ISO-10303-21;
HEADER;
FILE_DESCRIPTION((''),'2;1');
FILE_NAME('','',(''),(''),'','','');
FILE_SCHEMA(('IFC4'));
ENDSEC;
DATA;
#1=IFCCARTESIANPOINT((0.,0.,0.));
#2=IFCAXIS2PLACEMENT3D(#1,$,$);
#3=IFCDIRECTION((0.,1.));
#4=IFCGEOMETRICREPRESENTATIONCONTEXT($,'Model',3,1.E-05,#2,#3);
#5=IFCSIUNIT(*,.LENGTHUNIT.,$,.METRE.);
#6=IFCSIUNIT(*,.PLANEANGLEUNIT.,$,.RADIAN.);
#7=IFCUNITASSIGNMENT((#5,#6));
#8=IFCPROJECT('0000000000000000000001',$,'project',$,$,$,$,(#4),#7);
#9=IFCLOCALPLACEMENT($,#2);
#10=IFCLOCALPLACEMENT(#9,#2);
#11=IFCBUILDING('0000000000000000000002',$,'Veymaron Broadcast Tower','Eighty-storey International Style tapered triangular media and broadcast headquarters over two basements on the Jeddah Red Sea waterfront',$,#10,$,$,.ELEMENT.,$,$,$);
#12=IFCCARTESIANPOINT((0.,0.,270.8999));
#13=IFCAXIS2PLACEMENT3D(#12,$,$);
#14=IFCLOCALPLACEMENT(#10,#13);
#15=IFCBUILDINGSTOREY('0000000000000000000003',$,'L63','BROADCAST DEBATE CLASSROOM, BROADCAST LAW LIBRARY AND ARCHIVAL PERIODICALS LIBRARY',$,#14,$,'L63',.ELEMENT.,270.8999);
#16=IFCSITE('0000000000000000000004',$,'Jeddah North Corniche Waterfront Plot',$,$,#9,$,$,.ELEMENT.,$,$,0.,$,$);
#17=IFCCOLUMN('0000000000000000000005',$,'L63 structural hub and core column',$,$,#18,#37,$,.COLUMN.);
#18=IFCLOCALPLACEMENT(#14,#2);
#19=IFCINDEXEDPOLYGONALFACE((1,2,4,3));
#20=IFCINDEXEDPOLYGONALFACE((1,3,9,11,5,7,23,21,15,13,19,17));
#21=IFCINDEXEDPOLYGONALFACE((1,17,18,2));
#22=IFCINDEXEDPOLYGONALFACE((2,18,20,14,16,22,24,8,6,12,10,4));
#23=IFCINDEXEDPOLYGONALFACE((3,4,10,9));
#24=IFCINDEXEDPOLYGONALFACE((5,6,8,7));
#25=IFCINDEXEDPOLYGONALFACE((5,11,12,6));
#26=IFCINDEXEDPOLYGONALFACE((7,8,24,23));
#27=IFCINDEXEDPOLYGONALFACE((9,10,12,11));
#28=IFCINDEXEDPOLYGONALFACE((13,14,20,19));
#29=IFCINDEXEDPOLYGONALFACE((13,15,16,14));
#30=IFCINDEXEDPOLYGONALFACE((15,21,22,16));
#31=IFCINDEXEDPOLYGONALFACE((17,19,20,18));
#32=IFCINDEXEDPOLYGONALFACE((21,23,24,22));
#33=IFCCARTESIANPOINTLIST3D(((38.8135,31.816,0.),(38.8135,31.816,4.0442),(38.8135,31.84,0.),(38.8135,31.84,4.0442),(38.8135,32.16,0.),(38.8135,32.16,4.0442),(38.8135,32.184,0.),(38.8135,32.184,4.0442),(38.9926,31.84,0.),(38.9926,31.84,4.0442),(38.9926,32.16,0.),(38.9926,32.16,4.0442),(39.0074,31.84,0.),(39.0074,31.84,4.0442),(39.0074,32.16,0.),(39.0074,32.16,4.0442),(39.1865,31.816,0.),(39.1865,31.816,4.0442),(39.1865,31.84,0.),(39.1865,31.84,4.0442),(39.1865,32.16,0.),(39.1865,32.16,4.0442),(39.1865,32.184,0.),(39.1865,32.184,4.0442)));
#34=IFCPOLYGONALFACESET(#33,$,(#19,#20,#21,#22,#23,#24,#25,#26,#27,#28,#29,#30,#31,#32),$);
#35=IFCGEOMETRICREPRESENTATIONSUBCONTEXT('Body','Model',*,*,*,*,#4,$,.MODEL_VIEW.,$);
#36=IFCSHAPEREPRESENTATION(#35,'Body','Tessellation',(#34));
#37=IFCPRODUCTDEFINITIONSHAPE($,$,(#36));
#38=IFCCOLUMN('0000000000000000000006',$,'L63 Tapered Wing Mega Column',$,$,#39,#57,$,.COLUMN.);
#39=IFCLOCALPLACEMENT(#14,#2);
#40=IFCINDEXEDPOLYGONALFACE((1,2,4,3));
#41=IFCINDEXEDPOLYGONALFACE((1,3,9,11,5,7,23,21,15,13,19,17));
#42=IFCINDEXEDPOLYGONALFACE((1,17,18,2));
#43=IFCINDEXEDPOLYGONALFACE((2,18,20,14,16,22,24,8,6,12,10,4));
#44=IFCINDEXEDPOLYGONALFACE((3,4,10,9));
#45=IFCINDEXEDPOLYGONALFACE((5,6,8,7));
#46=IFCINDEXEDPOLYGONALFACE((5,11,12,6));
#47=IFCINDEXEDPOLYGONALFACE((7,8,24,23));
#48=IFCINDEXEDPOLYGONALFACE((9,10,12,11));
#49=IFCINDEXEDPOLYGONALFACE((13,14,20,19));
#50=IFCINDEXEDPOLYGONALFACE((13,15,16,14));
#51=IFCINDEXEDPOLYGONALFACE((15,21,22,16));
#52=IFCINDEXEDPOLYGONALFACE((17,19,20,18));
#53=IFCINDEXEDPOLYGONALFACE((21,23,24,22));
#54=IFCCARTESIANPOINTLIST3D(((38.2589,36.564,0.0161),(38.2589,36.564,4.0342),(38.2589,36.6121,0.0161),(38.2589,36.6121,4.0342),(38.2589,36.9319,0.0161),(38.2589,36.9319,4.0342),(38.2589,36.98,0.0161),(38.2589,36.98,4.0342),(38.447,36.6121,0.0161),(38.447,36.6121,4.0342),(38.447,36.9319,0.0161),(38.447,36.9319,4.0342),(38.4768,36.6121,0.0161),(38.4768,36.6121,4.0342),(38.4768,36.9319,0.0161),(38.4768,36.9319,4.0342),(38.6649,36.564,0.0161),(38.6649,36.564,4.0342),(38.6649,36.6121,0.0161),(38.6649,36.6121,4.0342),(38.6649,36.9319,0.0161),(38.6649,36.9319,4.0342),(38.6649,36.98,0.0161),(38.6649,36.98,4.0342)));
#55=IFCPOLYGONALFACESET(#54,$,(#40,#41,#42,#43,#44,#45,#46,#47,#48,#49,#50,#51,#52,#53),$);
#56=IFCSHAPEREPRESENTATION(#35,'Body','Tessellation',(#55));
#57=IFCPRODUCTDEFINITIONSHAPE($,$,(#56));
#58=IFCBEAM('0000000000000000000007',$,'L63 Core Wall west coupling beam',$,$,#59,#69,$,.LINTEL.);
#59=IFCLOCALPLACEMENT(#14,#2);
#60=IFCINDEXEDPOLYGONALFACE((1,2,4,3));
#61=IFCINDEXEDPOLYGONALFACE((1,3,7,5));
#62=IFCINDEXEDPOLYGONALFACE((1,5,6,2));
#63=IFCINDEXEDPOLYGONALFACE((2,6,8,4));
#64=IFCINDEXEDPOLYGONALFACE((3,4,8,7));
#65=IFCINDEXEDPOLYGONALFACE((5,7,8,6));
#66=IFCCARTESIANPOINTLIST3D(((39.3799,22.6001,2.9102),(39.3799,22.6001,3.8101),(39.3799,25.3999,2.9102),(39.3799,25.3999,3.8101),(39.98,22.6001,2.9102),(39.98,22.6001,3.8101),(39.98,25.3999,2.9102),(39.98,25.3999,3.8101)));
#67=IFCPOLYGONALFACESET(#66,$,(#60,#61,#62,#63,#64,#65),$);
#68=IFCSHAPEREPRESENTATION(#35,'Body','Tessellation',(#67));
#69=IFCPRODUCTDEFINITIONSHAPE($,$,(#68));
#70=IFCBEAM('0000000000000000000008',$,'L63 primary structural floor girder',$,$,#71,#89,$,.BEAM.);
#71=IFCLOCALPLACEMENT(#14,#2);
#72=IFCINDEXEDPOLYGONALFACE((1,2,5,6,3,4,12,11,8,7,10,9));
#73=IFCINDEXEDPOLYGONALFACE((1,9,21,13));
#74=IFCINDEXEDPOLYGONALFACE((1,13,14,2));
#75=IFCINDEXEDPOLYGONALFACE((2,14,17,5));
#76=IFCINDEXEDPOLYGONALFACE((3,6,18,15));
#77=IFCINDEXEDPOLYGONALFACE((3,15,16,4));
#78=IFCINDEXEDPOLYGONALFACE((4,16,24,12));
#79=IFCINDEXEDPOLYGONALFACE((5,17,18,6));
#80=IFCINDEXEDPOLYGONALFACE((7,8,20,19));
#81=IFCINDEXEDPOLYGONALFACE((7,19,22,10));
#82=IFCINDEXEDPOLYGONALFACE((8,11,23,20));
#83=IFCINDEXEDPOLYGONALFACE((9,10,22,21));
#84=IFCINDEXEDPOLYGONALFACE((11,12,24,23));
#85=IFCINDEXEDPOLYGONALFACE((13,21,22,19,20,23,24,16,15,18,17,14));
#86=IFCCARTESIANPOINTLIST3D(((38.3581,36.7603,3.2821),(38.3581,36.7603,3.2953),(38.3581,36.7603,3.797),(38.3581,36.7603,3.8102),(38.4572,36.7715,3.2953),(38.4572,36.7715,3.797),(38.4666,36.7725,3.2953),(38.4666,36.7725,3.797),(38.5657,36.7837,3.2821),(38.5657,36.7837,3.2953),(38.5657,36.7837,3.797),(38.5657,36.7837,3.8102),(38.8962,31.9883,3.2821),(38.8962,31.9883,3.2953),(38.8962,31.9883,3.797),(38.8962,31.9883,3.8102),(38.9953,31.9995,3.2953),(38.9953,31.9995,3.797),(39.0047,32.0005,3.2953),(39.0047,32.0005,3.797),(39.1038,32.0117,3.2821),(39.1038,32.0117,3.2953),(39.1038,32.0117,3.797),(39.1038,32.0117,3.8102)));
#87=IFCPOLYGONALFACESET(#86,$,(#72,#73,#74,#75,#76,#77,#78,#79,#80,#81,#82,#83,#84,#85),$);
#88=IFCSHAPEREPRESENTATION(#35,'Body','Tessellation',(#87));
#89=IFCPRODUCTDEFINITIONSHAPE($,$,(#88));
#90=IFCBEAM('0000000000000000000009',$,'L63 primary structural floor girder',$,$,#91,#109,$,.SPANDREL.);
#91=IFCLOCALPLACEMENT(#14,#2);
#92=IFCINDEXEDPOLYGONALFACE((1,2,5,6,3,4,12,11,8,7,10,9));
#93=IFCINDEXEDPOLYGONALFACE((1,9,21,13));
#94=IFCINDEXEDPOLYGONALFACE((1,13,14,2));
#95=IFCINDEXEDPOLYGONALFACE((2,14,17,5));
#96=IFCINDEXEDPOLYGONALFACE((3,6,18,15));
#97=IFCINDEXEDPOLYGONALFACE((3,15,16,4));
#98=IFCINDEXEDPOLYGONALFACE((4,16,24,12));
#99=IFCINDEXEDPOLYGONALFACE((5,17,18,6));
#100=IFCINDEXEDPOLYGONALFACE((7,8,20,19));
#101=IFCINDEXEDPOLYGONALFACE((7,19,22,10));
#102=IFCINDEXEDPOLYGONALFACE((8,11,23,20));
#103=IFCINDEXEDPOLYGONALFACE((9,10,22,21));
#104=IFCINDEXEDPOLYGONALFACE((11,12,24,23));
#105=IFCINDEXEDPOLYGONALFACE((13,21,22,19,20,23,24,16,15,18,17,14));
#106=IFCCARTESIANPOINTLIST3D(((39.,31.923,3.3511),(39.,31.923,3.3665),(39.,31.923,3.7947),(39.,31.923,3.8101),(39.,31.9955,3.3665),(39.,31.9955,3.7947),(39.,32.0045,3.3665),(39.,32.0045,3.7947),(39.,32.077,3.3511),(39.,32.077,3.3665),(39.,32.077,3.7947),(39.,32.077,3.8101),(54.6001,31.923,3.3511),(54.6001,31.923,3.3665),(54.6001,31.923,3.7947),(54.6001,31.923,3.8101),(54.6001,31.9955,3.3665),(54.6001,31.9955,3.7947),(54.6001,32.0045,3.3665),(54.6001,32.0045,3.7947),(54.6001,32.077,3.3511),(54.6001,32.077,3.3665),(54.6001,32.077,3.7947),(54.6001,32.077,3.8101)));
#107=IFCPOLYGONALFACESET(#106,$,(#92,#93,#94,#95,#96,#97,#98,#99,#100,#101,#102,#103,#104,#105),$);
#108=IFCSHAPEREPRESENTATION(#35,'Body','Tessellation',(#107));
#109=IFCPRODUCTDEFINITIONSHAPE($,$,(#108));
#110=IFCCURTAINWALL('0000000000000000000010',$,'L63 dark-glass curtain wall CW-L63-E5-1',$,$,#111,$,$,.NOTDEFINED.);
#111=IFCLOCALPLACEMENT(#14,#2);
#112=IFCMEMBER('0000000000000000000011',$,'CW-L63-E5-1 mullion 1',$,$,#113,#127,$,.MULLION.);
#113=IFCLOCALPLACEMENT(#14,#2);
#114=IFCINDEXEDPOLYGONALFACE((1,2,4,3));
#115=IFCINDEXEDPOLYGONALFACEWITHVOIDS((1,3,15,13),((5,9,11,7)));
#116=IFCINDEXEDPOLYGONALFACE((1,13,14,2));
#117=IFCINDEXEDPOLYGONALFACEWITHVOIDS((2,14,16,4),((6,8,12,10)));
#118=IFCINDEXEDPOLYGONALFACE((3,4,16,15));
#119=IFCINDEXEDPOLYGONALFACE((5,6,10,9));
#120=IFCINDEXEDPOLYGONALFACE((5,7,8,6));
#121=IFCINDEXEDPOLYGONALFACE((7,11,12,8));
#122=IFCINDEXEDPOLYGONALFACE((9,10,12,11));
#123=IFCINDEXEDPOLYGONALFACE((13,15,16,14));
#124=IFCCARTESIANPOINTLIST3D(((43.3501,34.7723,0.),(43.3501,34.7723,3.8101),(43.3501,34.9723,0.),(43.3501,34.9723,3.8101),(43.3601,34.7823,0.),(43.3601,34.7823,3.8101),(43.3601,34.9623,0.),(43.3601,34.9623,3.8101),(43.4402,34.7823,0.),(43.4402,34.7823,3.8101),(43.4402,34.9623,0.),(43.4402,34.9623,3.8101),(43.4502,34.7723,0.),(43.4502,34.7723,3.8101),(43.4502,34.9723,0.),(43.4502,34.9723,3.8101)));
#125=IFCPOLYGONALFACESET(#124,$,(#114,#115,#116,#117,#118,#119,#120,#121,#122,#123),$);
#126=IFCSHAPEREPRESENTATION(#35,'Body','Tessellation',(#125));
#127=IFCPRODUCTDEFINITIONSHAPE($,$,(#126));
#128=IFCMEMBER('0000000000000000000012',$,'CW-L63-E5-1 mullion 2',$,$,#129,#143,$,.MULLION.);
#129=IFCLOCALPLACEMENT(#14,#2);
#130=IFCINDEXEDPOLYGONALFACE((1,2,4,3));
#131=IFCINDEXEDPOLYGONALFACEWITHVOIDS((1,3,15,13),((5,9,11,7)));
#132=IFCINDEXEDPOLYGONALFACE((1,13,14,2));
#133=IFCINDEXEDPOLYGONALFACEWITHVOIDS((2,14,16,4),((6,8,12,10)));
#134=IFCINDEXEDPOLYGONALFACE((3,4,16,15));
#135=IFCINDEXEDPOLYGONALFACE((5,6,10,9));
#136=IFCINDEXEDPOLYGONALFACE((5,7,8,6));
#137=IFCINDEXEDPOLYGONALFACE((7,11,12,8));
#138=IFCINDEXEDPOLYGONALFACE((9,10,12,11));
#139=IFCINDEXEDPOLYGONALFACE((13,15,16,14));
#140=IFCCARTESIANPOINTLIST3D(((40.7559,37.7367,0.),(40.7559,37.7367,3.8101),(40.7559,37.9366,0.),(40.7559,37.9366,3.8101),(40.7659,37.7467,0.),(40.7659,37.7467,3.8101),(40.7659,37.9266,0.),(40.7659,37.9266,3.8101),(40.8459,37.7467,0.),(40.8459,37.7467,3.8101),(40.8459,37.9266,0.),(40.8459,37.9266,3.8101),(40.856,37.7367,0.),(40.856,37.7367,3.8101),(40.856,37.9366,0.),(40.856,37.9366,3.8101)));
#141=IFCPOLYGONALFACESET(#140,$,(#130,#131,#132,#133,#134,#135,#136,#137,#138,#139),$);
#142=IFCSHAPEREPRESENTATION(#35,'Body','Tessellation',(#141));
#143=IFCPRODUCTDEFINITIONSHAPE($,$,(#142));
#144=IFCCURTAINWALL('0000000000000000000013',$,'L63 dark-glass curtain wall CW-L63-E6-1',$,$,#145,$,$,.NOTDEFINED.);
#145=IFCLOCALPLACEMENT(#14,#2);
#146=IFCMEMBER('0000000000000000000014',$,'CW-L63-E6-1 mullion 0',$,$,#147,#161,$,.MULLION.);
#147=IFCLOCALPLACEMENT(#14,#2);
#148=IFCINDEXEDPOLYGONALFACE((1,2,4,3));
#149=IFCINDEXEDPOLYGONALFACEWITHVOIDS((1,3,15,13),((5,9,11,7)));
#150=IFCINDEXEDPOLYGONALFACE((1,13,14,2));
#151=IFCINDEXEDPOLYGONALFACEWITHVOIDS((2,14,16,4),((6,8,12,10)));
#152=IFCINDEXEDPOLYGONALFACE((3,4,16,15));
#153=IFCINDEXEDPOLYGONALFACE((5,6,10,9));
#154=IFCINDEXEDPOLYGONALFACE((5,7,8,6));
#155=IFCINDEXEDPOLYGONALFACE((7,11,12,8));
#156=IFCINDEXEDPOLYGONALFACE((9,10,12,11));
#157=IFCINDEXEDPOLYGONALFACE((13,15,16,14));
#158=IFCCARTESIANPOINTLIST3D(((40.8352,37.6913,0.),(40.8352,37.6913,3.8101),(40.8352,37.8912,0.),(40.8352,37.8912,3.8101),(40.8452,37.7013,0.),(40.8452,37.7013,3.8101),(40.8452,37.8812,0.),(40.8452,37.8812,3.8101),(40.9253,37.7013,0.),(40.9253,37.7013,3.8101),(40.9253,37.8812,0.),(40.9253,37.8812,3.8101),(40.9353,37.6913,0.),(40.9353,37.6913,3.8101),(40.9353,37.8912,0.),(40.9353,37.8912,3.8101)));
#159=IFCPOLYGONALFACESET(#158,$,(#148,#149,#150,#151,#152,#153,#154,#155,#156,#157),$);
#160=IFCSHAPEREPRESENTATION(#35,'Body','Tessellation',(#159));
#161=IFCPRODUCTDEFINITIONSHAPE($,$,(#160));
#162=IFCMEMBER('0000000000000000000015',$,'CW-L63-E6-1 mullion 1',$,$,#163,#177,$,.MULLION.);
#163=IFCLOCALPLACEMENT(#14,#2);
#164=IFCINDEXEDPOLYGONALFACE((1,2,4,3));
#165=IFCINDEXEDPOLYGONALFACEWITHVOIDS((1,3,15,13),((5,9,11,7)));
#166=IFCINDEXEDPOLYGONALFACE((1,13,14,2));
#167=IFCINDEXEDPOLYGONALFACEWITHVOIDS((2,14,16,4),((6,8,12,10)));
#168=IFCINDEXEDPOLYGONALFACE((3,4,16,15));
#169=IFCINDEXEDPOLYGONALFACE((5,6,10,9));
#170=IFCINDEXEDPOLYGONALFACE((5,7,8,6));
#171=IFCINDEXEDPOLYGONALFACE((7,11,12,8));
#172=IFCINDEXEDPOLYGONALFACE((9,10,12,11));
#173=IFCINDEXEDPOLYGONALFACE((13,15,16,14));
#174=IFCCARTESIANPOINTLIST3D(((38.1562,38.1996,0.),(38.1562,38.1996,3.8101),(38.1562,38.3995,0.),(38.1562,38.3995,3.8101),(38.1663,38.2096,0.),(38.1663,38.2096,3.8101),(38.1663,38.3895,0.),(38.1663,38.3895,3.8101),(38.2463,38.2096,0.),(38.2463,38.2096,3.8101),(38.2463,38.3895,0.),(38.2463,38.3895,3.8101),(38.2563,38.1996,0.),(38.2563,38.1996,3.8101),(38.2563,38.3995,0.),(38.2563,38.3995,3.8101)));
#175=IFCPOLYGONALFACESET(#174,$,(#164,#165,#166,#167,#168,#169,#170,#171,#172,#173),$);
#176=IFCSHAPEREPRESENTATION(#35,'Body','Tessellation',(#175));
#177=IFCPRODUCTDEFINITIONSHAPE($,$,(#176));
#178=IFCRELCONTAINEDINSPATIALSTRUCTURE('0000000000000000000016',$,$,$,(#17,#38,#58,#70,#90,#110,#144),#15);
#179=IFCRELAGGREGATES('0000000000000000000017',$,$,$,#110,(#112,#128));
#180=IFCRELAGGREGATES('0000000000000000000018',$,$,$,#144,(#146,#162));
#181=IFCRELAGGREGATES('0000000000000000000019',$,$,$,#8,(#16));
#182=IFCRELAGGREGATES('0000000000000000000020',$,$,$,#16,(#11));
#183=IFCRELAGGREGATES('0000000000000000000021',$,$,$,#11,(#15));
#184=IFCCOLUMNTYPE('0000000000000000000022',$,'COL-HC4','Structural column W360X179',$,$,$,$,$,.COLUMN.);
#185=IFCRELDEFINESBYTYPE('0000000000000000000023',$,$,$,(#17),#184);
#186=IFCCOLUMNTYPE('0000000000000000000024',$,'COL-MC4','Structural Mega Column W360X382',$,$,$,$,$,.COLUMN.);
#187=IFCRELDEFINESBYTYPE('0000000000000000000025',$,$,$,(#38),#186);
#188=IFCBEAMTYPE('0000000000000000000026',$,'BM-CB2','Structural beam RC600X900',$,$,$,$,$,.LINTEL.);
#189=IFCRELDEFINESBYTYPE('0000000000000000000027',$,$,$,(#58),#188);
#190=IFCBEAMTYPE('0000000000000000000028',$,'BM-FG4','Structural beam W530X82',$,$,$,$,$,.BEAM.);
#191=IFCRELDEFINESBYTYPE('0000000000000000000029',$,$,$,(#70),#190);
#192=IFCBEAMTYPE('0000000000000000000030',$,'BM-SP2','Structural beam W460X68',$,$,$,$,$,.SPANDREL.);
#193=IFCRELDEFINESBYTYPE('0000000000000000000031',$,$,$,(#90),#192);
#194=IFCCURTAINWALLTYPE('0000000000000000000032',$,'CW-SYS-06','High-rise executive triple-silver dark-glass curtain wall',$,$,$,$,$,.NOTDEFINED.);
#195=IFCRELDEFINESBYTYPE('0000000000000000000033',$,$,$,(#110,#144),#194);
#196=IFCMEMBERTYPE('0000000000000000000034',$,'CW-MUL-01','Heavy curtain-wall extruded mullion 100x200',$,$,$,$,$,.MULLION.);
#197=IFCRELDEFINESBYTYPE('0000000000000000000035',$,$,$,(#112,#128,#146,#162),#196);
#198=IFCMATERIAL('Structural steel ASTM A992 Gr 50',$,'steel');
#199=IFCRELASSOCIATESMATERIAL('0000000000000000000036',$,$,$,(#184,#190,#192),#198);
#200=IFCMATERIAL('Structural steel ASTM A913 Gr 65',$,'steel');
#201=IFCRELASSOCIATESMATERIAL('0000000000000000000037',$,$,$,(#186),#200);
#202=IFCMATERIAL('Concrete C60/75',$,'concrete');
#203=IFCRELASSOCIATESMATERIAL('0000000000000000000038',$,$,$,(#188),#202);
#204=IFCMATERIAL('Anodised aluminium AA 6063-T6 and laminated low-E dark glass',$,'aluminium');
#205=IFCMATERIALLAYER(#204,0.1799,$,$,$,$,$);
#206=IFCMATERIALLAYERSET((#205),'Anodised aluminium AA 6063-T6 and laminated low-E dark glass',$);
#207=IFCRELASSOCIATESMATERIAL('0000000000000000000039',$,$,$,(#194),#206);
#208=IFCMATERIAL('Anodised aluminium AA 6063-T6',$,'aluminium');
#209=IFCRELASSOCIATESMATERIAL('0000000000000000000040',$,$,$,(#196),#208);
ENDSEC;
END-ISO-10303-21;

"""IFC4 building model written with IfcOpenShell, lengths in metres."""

from ifc_helpers import new_model, si_unit, direction, frame, origin, origin_2d, place, context, subcontext, project, spatial, rectangle, hollow_rectangle, i_section, extrude, material, layer, layer_set, material_profile, profile_set, type_object, element, aggregate, save


model = new_model("IFC4")

# Units and contexts
model_context = context("Model", 3, precision=1e-05, world=origin(), true_north=direction((0.0, 1.0)))
body_context = subcontext(model_context, "Body", "Model", "MODEL_VIEW")
ifc_project = project(units=[si_unit("LENGTHUNIT", "METRE"), si_unit("PLANEANGLEUNIT", "RADIAN")], contexts=[model_context])

# Site, building, storey
site_placement = place(None, origin())
site = spatial("IfcSite", under=ifc_project, at=site_placement, Name="Jeddah North Corniche Waterfront Plot", CompositionType="ELEMENT", RefElevation=0.0)
building_placement = place(site_placement, origin())
building = spatial("IfcBuilding", under=site, at=building_placement, Name="Veymaron Broadcast Tower", Description="Eighty-storey International Style tapered triangular media and broadcast headquarters over two basements on the Jeddah Red Sea waterfront", CompositionType="ELEMENT")
storey_placement = place(building_placement, frame((0.0, 0.0, 270.8999)))
storey = spatial("IfcBuildingStorey", under=building, at=storey_placement, Name="L63", Description="BROADCAST DEBATE CLASSROOM, BROADCAST LAW LIBRARY AND ARCHIVAL PERIODICALS LIBRARY", LongName="L63", CompositionType="ELEMENT", Elevation=270.8999)

# Columns
ifc_material_1 = material(Name="Structural steel ASTM A992 Gr 50", Category="steel")
ifc_material_profile_1 = material_profile(ifc_material_1, i_section(OverallWidth=0.373, OverallDepth=0.3679, WebThickness=0.0149, FlangeThickness=0.0239, at=origin_2d()), Name="W360X179")
ifc_profile_set_1 = profile_set([ifc_material_profile_1], Name="Structural steel ASTM A992 Gr 50")
column_type_1 = type_object("IfcColumnType", Name="COL-HC4", Description="Structural column W360X179", PredefinedType="COLUMN", material=ifc_profile_set_1)
column_1_placement = place(storey_placement, frame((39.0, 32.0, 0.0), z_axis=(0.0, 0.0, 1.0), x_axis=(1.0, 0.0, 0.0)))
element("IfcColumn", 1, at=column_1_placement, inside=storey, type_object=column_type_1, Name="L63 structural hub and core column", PredefinedType="COLUMN", context=body_context, shape_type="SweptSolid", body=[
    extrude(i_section(OverallWidth=0.373, OverallDepth=0.3679, WebThickness=0.0149, FlangeThickness=0.0239, at=origin_2d()), origin(), (0.0, 0.0, 1.0), 4.0442),
])
ifc_material_2 = material(Name="Structural steel ASTM A913 Gr 65", Category="steel")
ifc_material_profile_2 = material_profile(ifc_material_2, i_section(OverallWidth=0.406, OverallDepth=0.416, WebThickness=0.0298, FlangeThickness=0.0481, at=origin_2d()), Name="W360X382")
ifc_profile_set_2 = profile_set([ifc_material_profile_2], Name="Structural steel ASTM A913 Gr 65")
column_type_2 = type_object("IfcColumnType", Name="COL-MC4", Description="Structural Mega Column W360X382", PredefinedType="COLUMN", material=ifc_profile_set_2)
column_2_placement = place(storey_placement, frame((38.4619, 36.772, 0.0161), z_axis=(0.0, 0.0, 1.0), x_axis=(1.0, 0.0, 0.0)))
element("IfcColumn", 2, at=column_2_placement, inside=storey, type_object=column_type_2, Name="L63 Tapered Wing Mega Column", PredefinedType="COLUMN", context=body_context, shape_type="SweptSolid", body=[
    extrude(i_section(OverallWidth=0.406, OverallDepth=0.416, WebThickness=0.0298, FlangeThickness=0.0481, at=origin_2d()), origin(), (0.0, 0.0, 1.0), 4.0181),
])

# Beams
ifc_material_3 = material(Name="Concrete C60/75", Category="concrete")
ifc_material_profile_3 = material_profile(ifc_material_3, rectangle(XDim=0.6001, YDim=0.8999, at=origin_2d()), Name="RC600X900")
ifc_profile_set_3 = profile_set([ifc_material_profile_3], Name="Concrete C60/75")
beam_type_1 = type_object("IfcBeamType", Name="BM-CB2", Description="Structural beam RC600X900", PredefinedType="LINTEL", material=ifc_profile_set_3)
beam_1_placement = place(storey_placement, frame((39.6799, 22.6001, 3.3601), z_axis=(0.0, 1.0, 0.0), x_axis=(-1.0, 0.0, 0.0)))
element("IfcBeam", 3, at=beam_1_placement, inside=storey, type_object=beam_type_1, Name="L63 Core Wall west coupling beam", PredefinedType="LINTEL", context=body_context, shape_type="SweptSolid", body=[
    extrude(rectangle(XDim=0.6001, YDim=0.8999, at=origin_2d()), origin(), (0.0, 0.0, 1.0), 2.7998),
])
ifc_material_profile_4 = material_profile(ifc_material_1, i_section(OverallWidth=0.209, OverallDepth=0.5281, WebThickness=0.0095, FlangeThickness=0.0132, at=origin_2d()), Name="W530X82")
ifc_profile_set_4 = profile_set([ifc_material_profile_4], Name="Structural steel ASTM A992 Gr 50")
beam_type_2 = type_object("IfcBeamType", Name="BM-FG4", Description="Structural beam W530X82", PredefinedType="BEAM", material=ifc_profile_set_4)
beam_2_placement = place(storey_placement, frame((39.0, 32.0, 3.5461), z_axis=(-0.11205, 0.993703, 0.0), x_axis=(-0.993703, -0.11205, 0.0)))
element("IfcBeam", 4, at=beam_2_placement, inside=storey, type_object=beam_type_2, Name="L63 primary structural floor girder", PredefinedType="BEAM", context=body_context, shape_type="SweptSolid", body=[
    extrude(i_section(OverallWidth=0.209, OverallDepth=0.5281, WebThickness=0.0095, FlangeThickness=0.0132, at=origin_2d()), origin(), (0.0, 0.0, 1.0), 4.8022),
])
ifc_material_profile_5 = material_profile(ifc_material_1, i_section(OverallWidth=0.1541, OverallDepth=0.459, WebThickness=0.009, FlangeThickness=0.0154, at=origin_2d()), Name="W460X68")
ifc_profile_set_5 = profile_set([ifc_material_profile_5], Name="Structural steel ASTM A992 Gr 50")
beam_type_3 = type_object("IfcBeamType", Name="BM-SP2", Description="Structural beam W460X68", PredefinedType="SPANDREL", material=ifc_profile_set_5)
beam_3_placement = place(storey_placement, frame((39.0, 32.0, 3.5806), z_axis=(1.0, 0.0, 0.0), x_axis=(0.0, 1.0, 0.0)))
element("IfcBeam", 5, at=beam_3_placement, inside=storey, type_object=beam_type_3, Name="L63 primary structural floor girder", PredefinedType="SPANDREL", context=body_context, shape_type="SweptSolid", body=[
    extrude(i_section(OverallWidth=0.1541, OverallDepth=0.459, WebThickness=0.009, FlangeThickness=0.0154, at=origin_2d()), origin(), (0.0, 0.0, 1.0), 15.6001),
])

# Curtain walls, members
ifc_material_4 = material(Name="Anodised aluminium AA 6063-T6 and laminated low-E dark glass", Category="aluminium")
ifc_layer_1 = layer(ifc_material_4, 0.1799)
ifc_layer_set_1 = layer_set([ifc_layer_1], Name="Anodised aluminium AA 6063-T6 and laminated low-E dark glass")
curtain_wall_type = type_object("IfcCurtainWallType", Name="CW-SYS-06", Description="High-rise executive triple-silver dark-glass curtain wall", PredefinedType="NOTDEFINED", material=ifc_layer_set_1)
curtain_wall_1_placement = place(storey_placement, origin())
curtain_wall_1 = element("IfcCurtainWall", 6, at=curtain_wall_1_placement, inside=storey, type_object=curtain_wall_type, Name="L63 dark-glass curtain wall CW-L63-E5-1", PredefinedType="NOTDEFINED")
ifc_material_5 = material(Name="Anodised aluminium AA 6063-T6", Category="aluminium")
ifc_material_profile_6 = material_profile(ifc_material_5, hollow_rectangle(XDim=0.1001, YDim=0.2, WallThickness=0.01, at=origin_2d()), Name="RHS200X100X10")
ifc_profile_set_6 = profile_set([ifc_material_profile_6], Name="Anodised aluminium AA 6063-T6")
member_type_1 = type_object("IfcMemberType", Name="CW-MUL-01", Description="Heavy curtain-wall extruded mullion 100x200", PredefinedType="MULLION", material=ifc_profile_set_6)
member_1_placement = place(storey_placement, frame((43.4001, 34.8723, 0.0), z_axis=(0.0, 0.0, 1.0), x_axis=(1.0, 0.0, 0.0)))
member_1 = element("IfcMember", 7, at=member_1_placement, type_object=member_type_1, Name="CW-L63-E5-1 mullion 1", PredefinedType="MULLION", context=body_context, shape_type="SweptSolid", body=[
    extrude(hollow_rectangle(XDim=0.1001, YDim=0.2, WallThickness=0.01, at=origin_2d()), origin(), (0.0, 0.0, 1.0), 3.8101),
])
member_2_placement = place(storey_placement, frame((40.8059, 37.8367, 0.0), z_axis=(0.0, 0.0, 1.0), x_axis=(1.0, 0.0, 0.0)))
member_2 = element("IfcMember", 8, at=member_2_placement, type_object=member_type_1, Name="CW-L63-E5-1 mullion 2", PredefinedType="MULLION", context=body_context, shape_type="SweptSolid", body=[
    extrude(hollow_rectangle(XDim=0.1001, YDim=0.2, WallThickness=0.01, at=origin_2d()), origin(), (0.0, 0.0, 1.0), 3.8101),
])
curtain_wall_2_placement = place(storey_placement, origin())
curtain_wall_2 = element("IfcCurtainWall", 9, at=curtain_wall_2_placement, inside=storey, type_object=curtain_wall_type, Name="L63 dark-glass curtain wall CW-L63-E6-1", PredefinedType="NOTDEFINED")
member_3_placement = place(storey_placement, frame((40.8853, 37.7913, 0.0), z_axis=(0.0, 0.0, 1.0), x_axis=(1.0, 0.0, 0.0)))
member_3 = element("IfcMember", 10, at=member_3_placement, type_object=member_type_1, Name="CW-L63-E6-1 mullion 0", PredefinedType="MULLION", context=body_context, shape_type="SweptSolid", body=[
    extrude(hollow_rectangle(XDim=0.1001, YDim=0.2, WallThickness=0.01, at=origin_2d()), origin(), (0.0, 0.0, 1.0), 3.8101),
])
member_4_placement = place(storey_placement, frame((38.2063, 38.2996, 0.0), z_axis=(0.0, 0.0, 1.0), x_axis=(1.0, 0.0, 0.0)))
member_4 = element("IfcMember", 11, at=member_4_placement, type_object=member_type_1, Name="CW-L63-E6-1 mullion 1", PredefinedType="MULLION", context=body_context, shape_type="SweptSolid", body=[
    extrude(hollow_rectangle(XDim=0.1001, YDim=0.2, WallThickness=0.01, at=origin_2d()), origin(), (0.0, 0.0, 1.0), 3.8101),
])

aggregate(curtain_wall_1, [member_1, member_2])
aggregate(curtain_wall_2, [member_3, member_4])

save(model, "model.ifc")
